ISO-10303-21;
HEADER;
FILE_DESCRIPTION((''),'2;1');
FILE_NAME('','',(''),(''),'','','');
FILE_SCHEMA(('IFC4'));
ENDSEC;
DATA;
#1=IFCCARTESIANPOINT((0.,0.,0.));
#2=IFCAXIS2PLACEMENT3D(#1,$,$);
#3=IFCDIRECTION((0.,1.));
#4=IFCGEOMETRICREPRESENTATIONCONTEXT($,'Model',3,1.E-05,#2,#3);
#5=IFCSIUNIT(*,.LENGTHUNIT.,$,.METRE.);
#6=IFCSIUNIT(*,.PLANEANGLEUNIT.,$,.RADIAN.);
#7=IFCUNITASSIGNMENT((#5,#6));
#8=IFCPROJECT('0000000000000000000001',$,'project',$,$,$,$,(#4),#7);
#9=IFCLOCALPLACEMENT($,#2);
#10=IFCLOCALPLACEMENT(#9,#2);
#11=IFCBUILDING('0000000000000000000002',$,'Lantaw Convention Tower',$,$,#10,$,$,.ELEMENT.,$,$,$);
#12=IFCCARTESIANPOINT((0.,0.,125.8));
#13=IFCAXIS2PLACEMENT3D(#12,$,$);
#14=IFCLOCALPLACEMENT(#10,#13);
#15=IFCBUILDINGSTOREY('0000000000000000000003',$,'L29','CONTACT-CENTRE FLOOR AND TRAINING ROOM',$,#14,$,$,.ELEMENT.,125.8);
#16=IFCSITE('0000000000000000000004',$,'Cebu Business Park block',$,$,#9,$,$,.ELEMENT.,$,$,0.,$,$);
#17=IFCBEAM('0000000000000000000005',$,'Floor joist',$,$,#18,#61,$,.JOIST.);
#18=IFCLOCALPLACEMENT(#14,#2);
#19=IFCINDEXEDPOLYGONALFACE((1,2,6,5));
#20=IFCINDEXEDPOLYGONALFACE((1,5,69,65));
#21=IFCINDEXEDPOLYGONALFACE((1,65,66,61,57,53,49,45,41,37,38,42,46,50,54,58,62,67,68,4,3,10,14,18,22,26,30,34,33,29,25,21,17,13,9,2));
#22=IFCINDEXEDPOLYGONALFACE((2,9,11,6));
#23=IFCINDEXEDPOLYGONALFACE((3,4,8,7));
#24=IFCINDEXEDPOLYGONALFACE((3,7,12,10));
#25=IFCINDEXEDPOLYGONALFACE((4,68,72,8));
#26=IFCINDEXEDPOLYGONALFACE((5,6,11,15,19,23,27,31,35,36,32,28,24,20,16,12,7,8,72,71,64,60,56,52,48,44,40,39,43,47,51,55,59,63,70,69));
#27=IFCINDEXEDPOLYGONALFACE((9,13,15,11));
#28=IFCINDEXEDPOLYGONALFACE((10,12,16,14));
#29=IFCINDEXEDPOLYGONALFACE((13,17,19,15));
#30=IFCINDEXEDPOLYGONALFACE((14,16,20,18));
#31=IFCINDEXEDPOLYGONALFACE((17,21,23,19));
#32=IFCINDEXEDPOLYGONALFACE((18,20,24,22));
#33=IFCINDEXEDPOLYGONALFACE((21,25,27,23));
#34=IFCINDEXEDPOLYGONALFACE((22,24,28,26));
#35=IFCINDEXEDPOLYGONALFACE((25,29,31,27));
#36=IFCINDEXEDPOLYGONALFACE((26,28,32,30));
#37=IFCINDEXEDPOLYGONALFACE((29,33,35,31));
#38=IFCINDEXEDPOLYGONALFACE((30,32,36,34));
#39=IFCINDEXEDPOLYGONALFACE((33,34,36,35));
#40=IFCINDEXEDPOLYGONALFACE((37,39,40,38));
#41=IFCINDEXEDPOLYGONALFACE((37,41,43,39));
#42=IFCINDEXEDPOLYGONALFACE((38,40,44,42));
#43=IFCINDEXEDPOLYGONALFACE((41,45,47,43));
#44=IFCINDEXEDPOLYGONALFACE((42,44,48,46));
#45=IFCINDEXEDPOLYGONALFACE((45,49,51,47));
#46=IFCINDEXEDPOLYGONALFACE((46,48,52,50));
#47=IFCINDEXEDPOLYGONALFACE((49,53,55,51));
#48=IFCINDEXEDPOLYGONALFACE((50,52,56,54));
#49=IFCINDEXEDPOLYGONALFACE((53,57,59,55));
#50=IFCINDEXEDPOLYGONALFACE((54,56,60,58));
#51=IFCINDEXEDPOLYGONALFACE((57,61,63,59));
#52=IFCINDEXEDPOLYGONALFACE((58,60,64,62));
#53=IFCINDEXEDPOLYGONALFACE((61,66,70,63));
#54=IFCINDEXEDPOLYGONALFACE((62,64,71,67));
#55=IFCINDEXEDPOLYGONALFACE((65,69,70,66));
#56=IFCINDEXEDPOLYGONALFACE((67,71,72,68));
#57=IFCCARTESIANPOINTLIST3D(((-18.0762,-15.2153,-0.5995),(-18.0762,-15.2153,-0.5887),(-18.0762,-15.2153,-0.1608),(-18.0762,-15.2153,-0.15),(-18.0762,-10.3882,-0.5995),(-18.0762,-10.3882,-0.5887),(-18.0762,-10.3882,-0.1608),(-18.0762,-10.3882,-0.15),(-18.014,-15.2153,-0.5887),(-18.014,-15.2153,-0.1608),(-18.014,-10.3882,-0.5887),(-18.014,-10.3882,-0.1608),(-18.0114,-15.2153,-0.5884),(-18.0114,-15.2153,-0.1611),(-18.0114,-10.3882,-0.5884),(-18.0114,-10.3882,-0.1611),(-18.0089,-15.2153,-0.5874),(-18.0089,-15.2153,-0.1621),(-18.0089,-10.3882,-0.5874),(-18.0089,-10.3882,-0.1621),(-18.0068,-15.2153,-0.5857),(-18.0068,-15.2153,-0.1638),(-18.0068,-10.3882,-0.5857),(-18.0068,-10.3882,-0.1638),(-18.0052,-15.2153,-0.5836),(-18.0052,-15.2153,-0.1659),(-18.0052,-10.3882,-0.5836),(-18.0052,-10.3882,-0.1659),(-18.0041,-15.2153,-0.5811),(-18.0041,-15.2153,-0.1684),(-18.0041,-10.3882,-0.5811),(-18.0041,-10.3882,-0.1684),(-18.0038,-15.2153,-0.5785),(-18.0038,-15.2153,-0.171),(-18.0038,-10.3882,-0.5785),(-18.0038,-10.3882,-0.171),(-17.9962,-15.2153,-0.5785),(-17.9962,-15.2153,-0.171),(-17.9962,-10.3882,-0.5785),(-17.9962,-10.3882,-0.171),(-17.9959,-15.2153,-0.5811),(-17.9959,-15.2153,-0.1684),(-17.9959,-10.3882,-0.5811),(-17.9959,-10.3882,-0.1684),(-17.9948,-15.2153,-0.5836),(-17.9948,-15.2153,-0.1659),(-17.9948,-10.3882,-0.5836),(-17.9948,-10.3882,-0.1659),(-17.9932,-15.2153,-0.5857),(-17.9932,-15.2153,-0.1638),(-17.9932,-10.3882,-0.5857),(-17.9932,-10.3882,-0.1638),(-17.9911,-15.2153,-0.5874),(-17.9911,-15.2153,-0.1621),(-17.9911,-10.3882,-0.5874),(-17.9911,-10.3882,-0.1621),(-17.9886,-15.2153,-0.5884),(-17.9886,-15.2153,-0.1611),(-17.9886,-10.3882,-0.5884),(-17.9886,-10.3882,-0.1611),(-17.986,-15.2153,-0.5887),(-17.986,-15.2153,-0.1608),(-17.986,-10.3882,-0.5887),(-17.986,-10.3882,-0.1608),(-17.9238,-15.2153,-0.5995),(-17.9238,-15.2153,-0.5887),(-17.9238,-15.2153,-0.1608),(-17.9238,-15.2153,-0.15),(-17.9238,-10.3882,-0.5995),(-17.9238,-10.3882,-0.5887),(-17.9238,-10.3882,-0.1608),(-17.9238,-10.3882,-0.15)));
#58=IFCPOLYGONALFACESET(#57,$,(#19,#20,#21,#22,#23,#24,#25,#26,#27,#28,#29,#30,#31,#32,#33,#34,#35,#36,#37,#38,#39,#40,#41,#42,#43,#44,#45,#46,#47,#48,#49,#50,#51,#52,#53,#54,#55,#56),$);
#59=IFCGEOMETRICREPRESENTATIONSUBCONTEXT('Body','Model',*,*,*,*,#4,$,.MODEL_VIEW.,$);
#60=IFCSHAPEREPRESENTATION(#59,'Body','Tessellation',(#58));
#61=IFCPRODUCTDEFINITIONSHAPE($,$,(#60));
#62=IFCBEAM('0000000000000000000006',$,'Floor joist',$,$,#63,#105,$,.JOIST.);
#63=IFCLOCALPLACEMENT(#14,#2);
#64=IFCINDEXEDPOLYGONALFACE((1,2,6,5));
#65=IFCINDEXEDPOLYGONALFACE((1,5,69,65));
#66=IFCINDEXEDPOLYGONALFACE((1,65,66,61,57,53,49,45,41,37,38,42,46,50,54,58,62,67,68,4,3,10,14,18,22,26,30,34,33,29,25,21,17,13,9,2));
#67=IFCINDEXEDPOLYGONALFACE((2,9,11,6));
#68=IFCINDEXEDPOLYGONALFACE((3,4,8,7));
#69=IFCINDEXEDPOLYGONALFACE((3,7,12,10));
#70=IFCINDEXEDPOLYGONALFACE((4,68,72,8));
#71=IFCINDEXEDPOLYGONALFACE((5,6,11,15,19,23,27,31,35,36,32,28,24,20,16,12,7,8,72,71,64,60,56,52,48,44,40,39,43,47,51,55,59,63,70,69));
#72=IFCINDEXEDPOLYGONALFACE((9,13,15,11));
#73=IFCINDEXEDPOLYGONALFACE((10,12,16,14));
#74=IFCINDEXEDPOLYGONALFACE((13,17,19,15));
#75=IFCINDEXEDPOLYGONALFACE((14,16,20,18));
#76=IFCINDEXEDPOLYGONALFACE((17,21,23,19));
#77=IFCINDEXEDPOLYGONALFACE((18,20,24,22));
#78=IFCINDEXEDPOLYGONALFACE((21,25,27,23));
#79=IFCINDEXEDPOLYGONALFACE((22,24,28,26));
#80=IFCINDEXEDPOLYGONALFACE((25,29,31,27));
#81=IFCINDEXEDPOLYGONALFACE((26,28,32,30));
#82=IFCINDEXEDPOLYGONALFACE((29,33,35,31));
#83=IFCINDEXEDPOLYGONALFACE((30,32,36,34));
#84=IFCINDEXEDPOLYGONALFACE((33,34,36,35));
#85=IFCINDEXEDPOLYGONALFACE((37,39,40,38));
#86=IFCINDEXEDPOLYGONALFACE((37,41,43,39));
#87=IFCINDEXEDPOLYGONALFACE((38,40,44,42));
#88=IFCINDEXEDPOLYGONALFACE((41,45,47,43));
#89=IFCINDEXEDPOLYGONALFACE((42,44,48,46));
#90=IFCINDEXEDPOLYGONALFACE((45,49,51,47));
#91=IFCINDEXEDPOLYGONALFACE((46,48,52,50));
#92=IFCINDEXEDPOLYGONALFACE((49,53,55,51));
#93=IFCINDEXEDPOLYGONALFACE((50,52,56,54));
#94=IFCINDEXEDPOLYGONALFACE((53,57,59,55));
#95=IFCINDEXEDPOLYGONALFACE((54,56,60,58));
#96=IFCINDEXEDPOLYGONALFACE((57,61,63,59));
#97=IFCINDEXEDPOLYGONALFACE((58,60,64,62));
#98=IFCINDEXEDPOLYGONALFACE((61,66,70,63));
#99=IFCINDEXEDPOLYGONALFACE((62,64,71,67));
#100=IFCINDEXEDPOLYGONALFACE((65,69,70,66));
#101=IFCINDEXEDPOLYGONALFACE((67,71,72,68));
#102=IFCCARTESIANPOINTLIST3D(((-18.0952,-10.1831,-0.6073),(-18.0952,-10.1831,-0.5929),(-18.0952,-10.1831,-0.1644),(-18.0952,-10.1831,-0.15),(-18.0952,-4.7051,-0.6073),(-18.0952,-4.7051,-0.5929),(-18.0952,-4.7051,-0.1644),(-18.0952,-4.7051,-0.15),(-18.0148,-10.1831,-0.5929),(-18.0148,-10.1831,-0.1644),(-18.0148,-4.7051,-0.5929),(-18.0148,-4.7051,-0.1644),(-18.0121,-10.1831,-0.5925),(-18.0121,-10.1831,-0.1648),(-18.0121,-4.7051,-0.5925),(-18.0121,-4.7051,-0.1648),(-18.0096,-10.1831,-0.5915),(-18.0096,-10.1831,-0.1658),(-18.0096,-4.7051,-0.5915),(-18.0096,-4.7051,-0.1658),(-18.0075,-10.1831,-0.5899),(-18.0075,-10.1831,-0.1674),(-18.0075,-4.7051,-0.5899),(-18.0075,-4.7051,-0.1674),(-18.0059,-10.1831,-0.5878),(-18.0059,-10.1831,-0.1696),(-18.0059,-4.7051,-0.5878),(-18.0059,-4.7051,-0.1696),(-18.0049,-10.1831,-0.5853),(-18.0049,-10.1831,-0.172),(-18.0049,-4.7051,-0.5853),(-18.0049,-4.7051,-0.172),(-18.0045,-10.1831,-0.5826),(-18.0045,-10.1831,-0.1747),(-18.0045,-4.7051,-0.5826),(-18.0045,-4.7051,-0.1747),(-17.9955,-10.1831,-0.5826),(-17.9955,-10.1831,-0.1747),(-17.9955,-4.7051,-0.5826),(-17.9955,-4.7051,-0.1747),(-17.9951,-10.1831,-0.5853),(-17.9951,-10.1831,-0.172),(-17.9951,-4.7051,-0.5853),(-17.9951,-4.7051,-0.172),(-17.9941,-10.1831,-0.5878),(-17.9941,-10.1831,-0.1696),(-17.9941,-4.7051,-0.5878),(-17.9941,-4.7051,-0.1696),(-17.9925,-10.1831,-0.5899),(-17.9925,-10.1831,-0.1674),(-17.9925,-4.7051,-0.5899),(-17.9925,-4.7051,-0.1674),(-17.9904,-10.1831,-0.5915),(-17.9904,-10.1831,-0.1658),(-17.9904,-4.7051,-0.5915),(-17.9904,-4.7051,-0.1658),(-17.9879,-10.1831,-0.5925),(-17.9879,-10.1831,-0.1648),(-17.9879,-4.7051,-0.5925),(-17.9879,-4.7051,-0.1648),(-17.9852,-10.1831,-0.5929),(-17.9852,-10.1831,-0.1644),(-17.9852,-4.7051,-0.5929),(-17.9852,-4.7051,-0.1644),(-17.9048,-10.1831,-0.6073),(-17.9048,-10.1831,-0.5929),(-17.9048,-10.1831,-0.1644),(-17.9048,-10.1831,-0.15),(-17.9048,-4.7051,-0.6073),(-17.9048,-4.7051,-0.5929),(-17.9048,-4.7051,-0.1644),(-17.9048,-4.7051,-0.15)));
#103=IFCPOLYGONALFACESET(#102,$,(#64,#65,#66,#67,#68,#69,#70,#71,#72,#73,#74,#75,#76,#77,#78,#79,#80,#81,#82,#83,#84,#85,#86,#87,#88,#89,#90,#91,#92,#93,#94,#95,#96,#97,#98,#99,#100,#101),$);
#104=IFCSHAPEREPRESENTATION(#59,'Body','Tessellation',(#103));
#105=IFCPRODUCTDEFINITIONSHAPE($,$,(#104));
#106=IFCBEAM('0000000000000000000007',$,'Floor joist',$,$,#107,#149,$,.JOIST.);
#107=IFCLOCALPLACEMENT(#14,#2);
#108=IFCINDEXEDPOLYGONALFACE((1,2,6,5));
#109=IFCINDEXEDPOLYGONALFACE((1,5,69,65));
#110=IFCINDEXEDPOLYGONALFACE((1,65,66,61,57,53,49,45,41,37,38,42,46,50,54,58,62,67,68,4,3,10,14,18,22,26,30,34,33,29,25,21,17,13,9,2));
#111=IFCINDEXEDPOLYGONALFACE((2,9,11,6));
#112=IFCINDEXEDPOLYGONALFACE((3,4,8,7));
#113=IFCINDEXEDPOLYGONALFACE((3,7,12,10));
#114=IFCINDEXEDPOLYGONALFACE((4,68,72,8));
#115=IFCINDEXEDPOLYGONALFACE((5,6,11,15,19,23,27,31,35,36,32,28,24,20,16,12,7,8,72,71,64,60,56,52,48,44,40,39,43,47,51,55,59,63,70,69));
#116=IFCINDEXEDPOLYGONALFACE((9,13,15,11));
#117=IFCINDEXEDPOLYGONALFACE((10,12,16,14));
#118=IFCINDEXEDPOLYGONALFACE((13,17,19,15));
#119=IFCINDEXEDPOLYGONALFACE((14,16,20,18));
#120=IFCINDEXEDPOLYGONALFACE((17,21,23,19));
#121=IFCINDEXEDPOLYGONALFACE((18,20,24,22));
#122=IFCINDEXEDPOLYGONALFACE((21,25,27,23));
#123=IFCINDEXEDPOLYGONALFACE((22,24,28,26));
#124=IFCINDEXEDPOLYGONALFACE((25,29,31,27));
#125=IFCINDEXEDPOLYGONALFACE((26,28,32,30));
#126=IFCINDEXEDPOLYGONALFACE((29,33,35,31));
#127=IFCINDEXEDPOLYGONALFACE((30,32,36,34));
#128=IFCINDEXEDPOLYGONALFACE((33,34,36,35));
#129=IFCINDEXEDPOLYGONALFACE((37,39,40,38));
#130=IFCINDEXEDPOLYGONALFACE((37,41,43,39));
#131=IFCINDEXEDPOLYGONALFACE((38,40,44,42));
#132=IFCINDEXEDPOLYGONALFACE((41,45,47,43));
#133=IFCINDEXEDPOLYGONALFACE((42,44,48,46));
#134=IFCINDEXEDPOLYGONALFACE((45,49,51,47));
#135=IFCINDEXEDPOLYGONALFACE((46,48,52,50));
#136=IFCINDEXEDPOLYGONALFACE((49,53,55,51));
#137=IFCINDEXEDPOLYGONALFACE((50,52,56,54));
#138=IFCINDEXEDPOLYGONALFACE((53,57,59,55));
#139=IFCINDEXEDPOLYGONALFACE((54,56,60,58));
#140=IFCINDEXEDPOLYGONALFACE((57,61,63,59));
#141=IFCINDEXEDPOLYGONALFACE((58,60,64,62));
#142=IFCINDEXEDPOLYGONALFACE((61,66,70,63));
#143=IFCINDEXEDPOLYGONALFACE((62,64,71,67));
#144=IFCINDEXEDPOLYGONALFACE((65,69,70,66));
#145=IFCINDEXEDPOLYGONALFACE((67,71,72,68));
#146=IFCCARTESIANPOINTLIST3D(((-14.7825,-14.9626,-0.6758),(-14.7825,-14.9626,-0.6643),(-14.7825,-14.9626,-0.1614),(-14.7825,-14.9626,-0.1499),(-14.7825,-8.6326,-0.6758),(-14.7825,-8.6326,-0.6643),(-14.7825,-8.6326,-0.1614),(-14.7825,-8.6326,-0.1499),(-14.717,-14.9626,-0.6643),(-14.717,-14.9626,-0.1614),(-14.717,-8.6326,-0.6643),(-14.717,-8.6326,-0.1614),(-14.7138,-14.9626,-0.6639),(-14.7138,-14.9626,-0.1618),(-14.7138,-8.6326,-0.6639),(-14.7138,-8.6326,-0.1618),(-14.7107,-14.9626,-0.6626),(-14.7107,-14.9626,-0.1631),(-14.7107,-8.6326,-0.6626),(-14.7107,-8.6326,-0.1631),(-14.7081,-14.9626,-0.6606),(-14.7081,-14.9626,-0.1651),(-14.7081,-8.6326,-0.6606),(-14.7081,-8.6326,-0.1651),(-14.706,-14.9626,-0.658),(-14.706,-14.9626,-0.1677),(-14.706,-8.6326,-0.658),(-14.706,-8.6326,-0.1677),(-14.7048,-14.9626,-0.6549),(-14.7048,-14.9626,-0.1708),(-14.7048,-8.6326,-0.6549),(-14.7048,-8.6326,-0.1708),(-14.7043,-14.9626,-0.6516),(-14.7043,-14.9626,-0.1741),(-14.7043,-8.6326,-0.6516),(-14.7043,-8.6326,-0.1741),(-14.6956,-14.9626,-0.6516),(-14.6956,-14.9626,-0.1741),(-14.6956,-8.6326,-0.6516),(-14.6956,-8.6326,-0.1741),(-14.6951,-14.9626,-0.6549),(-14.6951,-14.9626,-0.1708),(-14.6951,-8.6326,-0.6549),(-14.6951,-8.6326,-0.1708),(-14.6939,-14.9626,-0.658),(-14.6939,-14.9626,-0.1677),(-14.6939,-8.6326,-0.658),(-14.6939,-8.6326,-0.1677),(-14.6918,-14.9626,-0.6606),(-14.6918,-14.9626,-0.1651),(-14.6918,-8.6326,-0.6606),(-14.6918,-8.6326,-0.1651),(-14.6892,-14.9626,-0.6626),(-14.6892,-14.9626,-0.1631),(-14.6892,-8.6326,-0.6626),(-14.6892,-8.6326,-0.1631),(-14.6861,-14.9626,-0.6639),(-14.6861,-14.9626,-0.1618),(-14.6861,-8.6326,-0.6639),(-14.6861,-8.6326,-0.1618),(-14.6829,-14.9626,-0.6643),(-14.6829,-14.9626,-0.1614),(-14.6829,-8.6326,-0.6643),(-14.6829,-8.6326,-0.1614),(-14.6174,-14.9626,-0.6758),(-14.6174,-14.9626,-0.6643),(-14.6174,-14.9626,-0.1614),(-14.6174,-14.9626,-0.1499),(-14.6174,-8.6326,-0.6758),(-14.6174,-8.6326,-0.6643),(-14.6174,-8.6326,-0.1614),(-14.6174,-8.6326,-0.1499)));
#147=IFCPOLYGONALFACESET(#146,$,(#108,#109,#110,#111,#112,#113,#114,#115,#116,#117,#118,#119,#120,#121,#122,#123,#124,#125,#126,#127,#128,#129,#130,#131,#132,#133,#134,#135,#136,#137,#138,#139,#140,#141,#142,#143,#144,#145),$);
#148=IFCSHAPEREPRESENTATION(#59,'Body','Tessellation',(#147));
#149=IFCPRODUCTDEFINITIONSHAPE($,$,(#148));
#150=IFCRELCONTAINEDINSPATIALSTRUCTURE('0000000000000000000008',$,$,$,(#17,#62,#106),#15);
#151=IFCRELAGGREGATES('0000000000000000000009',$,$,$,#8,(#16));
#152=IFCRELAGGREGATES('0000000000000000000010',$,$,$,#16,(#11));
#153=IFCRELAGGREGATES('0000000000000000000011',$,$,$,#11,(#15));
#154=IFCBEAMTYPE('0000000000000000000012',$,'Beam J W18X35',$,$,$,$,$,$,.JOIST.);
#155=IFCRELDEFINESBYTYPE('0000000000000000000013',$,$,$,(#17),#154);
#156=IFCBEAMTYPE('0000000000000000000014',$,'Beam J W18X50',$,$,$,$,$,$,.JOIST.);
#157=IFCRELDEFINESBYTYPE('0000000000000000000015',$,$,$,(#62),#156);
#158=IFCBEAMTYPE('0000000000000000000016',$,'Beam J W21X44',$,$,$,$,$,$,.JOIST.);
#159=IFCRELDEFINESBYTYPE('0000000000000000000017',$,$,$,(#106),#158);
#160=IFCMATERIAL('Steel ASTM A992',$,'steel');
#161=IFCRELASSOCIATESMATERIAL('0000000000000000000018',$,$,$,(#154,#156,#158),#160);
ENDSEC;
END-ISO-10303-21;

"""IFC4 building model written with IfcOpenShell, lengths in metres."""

from ifc_helpers import new_model, si_unit, direction, frame, origin, origin_2d, place, context, subcontext, project, spatial, i_section, extrude, material, material_profile, profile_set, type_object, element, save


model = new_model("IFC4")

# Units and contexts
model_context = context("Model", 3, precision=1e-05, world=origin(), true_north=direction((0.0, 1.0)))
body_context = subcontext(model_context, "Body", "Model", "MODEL_VIEW")
ifc_project = project(units=[si_unit("LENGTHUNIT", "METRE"), si_unit("PLANEANGLEUNIT", "RADIAN")], contexts=[model_context])

# Site, building, storey
site_placement = place(None, origin())
site = spatial("IfcSite", under=ifc_project, at=site_placement, Name="Cebu Business Park block", CompositionType="ELEMENT", RefElevation=0.0)
building_placement = place(site_placement, origin())
building = spatial("IfcBuilding", under=site, at=building_placement, Name="Lantaw Convention Tower", CompositionType="ELEMENT")
storey_placement = place(building_placement, frame((0.0, 0.0, 125.8)))
storey = spatial("IfcBuildingStorey", under=building, at=storey_placement, Name="L29", Description="CONTACT-CENTRE FLOOR AND TRAINING ROOM", CompositionType="ELEMENT", Elevation=125.8)

# Beams
ifc_material_1 = material(Name="Steel ASTM A992", Category="steel")
ifc_material_profile_1 = material_profile(ifc_material_1, i_section(OverallWidth=0.1523, OverallDepth=0.4495, WebThickness=0.0076, FlangeThickness=0.0107, FilletRadius=0.0103, at=origin_2d()), Name="W18X35")
ifc_profile_set_1 = profile_set([ifc_material_profile_1], Name="Steel ASTM A992")
beam_type_1 = type_object("IfcBeamType", Name="Beam J W18X35", PredefinedType="JOIST", material=ifc_profile_set_1)
beam_1_placement = place(storey_placement, frame((-18.0, -15.2153, -0.3748), z_axis=(0.0, 1.0, 0.0), x_axis=(-1.0, 0.0, 0.0)))
element("IfcBeam", 1, at=beam_1_placement, inside=storey, type_object=beam_type_1, Name="Floor joist", PredefinedType="JOIST", context=body_context, shape_type="SweptSolid", body=[
    extrude(i_section(OverallWidth=0.1523, OverallDepth=0.4495, WebThickness=0.0076, FlangeThickness=0.0107, FilletRadius=0.0103, at=origin_2d()), origin(), (0.0, 0.0, 1.0), 4.8271),
])
ifc_material_profile_2 = material_profile(ifc_material_1, i_section(OverallWidth=0.1904, OverallDepth=0.4573, WebThickness=0.009, FlangeThickness=0.0144, FilletRadius=0.0103, at=origin_2d()), Name="W18X50")
ifc_profile_set_2 = profile_set([ifc_material_profile_2], Name="Steel ASTM A992")
beam_type_2 = type_object("IfcBeamType", Name="Beam J W18X50", PredefinedType="JOIST", material=ifc_profile_set_2)
beam_2_placement = place(storey_placement, frame((-18.0, -10.1831, -0.3787), z_axis=(0.0, 1.0, 0.0), x_axis=(-1.0, 0.0, 0.0)))
element("IfcBeam", 2, at=beam_2_placement, inside=storey, type_object=beam_type_2, Name="Floor joist", PredefinedType="JOIST", context=body_context, shape_type="SweptSolid", body=[
    extrude(i_section(OverallWidth=0.1904, OverallDepth=0.4573, WebThickness=0.009, FlangeThickness=0.0144, FilletRadius=0.0103, at=origin_2d()), origin(), (0.0, 0.0, 1.0), 5.478),
])
ifc_material_profile_3 = material_profile(ifc_material_1, i_section(OverallWidth=0.165, OverallDepth=0.5259, WebThickness=0.0088, FlangeThickness=0.0115, FilletRadius=0.0127, at=origin_2d()), Name="W21X44")
ifc_profile_set_3 = profile_set([ifc_material_profile_3], Name="Steel ASTM A992")
beam_type_3 = type_object("IfcBeamType", Name="Beam J W21X44", PredefinedType="JOIST", material=ifc_profile_set_3)
beam_3_placement = place(storey_placement, frame((-14.7, -14.9626, -0.4128), z_axis=(0.0, 1.0, 0.0), x_axis=(-1.0, 0.0, 0.0)))
element("IfcBeam", 3, at=beam_3_placement, inside=storey, type_object=beam_type_3, Name="Floor joist", PredefinedType="JOIST", context=body_context, shape_type="SweptSolid", body=[
    extrude(i_section(OverallWidth=0.165, OverallDepth=0.5259, WebThickness=0.0088, FlangeThickness=0.0115, FilletRadius=0.0127, at=origin_2d()), origin(), (0.0, 0.0, 1.0), 6.3301),
])

save(model, "model.ifc")
